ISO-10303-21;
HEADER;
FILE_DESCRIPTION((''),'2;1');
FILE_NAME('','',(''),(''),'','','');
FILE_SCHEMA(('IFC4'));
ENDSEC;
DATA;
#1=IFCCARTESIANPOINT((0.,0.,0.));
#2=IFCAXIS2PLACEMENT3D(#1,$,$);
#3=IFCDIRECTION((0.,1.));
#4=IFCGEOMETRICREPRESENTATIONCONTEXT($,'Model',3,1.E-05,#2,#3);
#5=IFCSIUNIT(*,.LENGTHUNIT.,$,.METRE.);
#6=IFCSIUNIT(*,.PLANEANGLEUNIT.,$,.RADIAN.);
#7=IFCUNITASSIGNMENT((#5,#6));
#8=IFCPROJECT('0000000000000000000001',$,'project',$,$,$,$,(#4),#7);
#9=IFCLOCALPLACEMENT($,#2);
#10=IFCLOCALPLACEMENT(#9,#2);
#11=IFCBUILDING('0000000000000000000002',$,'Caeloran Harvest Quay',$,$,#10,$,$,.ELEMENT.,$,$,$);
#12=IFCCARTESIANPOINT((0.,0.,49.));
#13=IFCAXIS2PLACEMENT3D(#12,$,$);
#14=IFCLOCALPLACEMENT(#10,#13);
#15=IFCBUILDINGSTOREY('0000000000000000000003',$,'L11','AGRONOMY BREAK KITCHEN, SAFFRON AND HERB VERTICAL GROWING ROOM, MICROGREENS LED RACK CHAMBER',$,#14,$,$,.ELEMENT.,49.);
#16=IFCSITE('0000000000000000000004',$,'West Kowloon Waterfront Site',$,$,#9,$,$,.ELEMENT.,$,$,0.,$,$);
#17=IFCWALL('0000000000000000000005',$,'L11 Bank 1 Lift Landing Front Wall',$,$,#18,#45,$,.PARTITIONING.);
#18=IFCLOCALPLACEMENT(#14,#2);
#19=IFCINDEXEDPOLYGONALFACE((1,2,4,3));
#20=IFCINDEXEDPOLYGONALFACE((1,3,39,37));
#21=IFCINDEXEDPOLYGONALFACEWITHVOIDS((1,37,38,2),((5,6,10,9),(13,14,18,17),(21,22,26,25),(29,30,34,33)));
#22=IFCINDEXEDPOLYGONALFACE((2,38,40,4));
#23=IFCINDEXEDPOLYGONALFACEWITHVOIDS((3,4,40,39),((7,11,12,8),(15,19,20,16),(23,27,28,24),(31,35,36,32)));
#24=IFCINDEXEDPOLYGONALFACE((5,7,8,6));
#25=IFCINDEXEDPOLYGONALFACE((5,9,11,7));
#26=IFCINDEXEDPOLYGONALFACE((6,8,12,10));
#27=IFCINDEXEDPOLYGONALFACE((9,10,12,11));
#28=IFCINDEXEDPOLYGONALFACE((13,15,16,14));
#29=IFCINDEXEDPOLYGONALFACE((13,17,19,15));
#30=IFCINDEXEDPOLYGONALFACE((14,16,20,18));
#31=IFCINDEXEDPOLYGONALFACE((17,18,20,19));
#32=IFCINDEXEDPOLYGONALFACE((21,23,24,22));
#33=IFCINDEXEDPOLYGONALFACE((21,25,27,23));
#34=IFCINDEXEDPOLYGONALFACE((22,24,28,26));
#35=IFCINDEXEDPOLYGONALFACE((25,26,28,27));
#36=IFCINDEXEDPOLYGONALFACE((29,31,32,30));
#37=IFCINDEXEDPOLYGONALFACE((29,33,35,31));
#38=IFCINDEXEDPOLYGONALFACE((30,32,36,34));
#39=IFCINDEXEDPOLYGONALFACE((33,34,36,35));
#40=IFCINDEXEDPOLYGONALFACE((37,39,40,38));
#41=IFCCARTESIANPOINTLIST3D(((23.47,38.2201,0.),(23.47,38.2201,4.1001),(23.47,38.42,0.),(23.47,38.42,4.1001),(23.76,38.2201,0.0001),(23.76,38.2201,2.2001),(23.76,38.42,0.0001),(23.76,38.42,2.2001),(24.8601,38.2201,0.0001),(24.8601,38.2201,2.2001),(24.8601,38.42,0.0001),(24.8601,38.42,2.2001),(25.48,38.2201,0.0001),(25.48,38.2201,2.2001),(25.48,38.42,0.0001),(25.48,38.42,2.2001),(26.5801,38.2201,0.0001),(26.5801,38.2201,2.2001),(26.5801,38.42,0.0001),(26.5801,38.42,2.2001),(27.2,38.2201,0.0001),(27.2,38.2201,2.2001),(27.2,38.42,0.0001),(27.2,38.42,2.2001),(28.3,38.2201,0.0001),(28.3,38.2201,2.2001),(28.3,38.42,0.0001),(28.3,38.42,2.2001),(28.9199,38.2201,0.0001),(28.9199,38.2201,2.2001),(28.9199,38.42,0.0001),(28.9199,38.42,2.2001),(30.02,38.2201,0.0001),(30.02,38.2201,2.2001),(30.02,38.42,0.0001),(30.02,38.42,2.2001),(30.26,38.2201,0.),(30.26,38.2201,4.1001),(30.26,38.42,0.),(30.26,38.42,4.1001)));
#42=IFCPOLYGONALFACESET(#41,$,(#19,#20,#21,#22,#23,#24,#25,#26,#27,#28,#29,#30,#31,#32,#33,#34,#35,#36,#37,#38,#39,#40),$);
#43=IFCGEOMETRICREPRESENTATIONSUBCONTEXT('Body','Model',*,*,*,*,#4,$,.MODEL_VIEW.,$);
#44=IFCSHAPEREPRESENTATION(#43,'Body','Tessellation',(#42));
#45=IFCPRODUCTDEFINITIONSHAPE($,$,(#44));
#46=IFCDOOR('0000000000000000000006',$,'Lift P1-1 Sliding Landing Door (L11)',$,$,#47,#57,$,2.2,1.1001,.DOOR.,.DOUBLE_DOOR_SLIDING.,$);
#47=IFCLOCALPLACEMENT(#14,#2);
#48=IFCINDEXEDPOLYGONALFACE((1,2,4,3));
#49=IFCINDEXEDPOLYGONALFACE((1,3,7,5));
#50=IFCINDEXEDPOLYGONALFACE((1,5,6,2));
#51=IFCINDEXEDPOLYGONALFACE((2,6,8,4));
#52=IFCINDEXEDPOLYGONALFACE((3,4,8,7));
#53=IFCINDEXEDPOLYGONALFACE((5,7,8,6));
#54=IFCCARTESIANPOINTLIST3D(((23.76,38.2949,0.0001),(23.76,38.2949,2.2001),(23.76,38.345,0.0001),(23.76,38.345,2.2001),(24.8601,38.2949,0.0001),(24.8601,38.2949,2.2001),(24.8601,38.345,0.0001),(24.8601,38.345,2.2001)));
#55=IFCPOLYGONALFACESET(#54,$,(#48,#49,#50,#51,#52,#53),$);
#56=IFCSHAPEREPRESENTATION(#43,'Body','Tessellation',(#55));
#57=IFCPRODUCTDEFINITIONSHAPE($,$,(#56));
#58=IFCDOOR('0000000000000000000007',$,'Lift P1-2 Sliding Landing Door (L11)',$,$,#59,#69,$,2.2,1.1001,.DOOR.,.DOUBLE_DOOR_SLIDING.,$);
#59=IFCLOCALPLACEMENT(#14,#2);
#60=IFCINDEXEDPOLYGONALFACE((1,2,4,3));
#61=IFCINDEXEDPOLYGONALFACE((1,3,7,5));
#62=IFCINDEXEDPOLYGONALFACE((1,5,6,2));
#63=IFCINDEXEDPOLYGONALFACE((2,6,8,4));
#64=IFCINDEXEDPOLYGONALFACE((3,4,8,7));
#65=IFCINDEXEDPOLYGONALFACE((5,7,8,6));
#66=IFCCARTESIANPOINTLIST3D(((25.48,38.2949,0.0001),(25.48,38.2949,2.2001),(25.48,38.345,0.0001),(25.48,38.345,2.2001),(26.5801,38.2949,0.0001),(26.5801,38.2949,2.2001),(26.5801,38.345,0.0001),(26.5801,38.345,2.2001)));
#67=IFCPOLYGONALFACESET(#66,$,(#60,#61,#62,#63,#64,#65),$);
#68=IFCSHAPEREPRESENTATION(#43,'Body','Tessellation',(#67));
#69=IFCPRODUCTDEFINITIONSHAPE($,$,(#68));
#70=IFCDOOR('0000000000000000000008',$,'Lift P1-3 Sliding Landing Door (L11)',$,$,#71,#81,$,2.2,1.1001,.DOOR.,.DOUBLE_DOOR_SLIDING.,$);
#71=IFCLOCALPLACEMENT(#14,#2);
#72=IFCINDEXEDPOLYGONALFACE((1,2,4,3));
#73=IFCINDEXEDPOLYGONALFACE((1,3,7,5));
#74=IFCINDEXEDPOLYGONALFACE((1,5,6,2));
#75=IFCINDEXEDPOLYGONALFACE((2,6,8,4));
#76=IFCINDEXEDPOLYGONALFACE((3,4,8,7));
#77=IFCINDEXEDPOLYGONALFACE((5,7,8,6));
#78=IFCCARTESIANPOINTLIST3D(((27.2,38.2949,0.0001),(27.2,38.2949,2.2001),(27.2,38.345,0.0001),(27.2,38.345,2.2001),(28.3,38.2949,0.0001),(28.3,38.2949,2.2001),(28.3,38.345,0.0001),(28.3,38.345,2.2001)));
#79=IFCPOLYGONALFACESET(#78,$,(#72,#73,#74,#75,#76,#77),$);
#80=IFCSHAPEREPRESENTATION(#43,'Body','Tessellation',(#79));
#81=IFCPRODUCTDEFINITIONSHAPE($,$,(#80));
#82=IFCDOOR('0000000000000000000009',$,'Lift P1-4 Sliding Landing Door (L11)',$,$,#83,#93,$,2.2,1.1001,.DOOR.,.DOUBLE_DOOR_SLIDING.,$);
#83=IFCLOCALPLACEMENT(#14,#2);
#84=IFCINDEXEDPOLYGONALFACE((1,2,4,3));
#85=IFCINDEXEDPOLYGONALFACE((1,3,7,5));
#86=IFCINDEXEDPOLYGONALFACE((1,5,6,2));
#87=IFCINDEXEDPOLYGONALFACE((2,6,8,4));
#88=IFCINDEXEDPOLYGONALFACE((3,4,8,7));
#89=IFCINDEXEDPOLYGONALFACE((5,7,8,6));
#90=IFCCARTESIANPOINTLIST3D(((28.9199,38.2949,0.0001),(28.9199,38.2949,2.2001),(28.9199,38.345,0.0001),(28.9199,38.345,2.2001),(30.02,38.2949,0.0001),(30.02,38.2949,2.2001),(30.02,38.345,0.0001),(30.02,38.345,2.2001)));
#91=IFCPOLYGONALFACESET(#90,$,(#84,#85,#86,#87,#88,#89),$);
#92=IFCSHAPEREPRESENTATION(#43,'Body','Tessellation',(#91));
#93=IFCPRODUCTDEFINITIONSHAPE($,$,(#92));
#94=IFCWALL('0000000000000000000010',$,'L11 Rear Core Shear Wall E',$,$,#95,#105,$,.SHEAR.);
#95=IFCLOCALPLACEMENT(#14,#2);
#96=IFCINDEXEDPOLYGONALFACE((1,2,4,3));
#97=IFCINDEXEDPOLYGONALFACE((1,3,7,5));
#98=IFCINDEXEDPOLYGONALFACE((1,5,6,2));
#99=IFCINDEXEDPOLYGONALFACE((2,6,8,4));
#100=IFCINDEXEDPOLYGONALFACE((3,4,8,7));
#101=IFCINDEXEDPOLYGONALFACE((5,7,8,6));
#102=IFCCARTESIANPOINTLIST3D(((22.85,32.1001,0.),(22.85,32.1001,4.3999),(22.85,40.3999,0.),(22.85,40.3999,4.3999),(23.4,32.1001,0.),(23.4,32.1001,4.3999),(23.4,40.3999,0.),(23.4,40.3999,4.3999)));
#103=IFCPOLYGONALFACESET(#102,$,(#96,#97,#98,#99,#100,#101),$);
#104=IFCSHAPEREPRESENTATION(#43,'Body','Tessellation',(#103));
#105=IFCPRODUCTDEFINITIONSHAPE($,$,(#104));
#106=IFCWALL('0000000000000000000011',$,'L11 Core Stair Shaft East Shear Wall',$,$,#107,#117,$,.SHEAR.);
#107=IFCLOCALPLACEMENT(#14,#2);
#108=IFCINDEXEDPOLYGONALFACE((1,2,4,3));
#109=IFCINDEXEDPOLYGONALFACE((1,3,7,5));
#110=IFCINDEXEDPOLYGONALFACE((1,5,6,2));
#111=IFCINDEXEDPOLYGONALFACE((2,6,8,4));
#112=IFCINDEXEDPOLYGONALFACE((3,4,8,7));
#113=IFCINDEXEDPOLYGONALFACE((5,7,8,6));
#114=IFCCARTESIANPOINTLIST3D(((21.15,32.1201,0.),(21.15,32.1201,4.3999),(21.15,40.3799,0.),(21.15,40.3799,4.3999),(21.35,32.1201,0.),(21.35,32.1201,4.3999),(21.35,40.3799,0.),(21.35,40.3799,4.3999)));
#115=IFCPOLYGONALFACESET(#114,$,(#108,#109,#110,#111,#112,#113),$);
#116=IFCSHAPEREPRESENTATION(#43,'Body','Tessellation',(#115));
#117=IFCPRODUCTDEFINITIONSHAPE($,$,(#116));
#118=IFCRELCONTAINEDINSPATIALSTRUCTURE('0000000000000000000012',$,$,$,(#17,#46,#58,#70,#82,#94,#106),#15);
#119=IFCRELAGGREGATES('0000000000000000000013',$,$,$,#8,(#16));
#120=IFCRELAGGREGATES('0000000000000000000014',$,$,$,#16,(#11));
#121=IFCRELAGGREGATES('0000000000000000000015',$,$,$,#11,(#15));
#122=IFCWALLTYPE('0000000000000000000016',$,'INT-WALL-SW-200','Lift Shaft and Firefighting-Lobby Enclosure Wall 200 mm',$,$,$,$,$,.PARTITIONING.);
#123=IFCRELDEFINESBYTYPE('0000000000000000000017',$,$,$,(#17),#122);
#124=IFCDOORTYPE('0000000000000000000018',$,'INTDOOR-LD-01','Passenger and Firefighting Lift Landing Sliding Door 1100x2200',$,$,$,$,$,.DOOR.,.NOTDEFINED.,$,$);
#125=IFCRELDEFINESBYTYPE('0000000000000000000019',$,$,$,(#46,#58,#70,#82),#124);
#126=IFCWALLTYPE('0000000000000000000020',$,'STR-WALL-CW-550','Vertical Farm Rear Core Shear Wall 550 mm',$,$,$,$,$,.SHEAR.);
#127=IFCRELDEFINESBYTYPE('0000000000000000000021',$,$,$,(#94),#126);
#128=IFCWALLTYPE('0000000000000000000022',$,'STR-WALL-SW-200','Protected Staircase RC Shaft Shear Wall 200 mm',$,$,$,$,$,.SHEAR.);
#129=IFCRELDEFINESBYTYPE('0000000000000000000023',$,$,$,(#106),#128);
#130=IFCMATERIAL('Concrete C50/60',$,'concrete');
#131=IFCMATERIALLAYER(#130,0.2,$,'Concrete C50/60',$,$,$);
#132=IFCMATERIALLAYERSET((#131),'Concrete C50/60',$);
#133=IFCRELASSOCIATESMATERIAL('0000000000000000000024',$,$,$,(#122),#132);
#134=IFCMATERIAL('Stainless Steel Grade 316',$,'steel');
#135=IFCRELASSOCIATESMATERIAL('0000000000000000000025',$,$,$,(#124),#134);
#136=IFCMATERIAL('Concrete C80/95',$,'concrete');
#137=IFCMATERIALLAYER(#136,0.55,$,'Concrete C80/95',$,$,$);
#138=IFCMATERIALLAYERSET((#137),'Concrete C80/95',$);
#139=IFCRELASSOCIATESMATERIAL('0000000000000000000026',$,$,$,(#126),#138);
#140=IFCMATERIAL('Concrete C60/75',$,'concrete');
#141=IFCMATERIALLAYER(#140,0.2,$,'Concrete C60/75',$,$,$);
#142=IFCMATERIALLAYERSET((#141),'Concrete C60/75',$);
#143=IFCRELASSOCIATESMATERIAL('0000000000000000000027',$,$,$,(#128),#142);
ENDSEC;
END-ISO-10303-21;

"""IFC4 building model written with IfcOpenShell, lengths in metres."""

from ifc_helpers import new_model, si_unit, direction, frame, frame_2d, origin, place, context, subcontext, project, spatial, rectangle, extrude, material, layer, layer_set, type_object, element, fill, save


model = new_model("IFC4")

# Units and contexts
model_context = context("Model", 3, precision=1e-05, world=origin(), true_north=direction((0.0, 1.0)))
body_context = subcontext(model_context, "Body", "Model", "MODEL_VIEW")
ifc_project = project(units=[si_unit("LENGTHUNIT", "METRE"), si_unit("PLANEANGLEUNIT", "RADIAN")], contexts=[model_context])

# Site, building, storey
site_placement = place(None, origin())
site = spatial("IfcSite", under=ifc_project, at=site_placement, Name="West Kowloon Waterfront Site", CompositionType="ELEMENT", RefElevation=0.0)
building_placement = place(site_placement, origin())
building = spatial("IfcBuilding", under=site, at=building_placement, Name="Caeloran Harvest Quay", CompositionType="ELEMENT")
storey_placement = place(building_placement, frame((0.0, 0.0, 49.0)))
storey = spatial("IfcBuildingStorey", under=building, at=storey_placement, Name="L11", Description="AGRONOMY BREAK KITCHEN, SAFFRON AND HERB VERTICAL GROWING ROOM, MICROGREENS LED RACK CHAMBER", CompositionType="ELEMENT", Elevation=49.0)

# Shared definitions
ifc_material_1 = material(Name="Concrete C50/60", Category="concrete")
ifc_layer_1 = layer(ifc_material_1, 0.2, Name="Concrete C50/60")
ifc_layer_set_1 = layer_set([ifc_layer_1], Name="Concrete C50/60")
wall_type_1 = type_object("IfcWallType", Name="INT-WALL-SW-200", Description="Lift Shaft and Firefighting-Lobby Enclosure Wall 200 mm", PredefinedType="PARTITIONING", material=ifc_layer_set_1)
ifc_material_2 = material(Name="Stainless Steel Grade 316", Category="steel")

# Wall, openings, doors
wall_1_placement = place(storey_placement, frame((23.47, 38.3201, 0.0), z_axis=(0.0, 0.0, 1.0), x_axis=(1.0, 0.0, 0.0)))
wall_1 = element("IfcWall", 1, at=wall_1_placement, inside=storey, type_object=wall_type_1, Name="L11 Bank 1 Lift Landing Front Wall", PredefinedType="PARTITIONING", context=body_context, shape_type="SweptSolid", body=[
    extrude(rectangle(XDim=6.79, YDim=0.2, at=frame_2d((3.395, 0.0))), origin(), (0.0, 0.0, 1.0), 4.1001),
])
opening_1_placement = place(wall_1_placement, frame((0.29, 0.0, 0.0)))
opening_1 = element("IfcOpeningElement", 2, at=opening_1_placement, cuts=wall_1, PredefinedType="OPENING", context=body_context, shape_type="SweptSolid", body=[
    extrude(rectangle(XDim=1.1001, YDim=2.2, at=frame_2d((0.55, 1.1001))), frame((0.0, 0.1099, 0.0), z_axis=(0.0, -1.0, 0.0), x_axis=(1.0, 0.0, 0.0)), (0.0, 0.0, 1.0), 0.22),
])
opening_2_placement = place(wall_1_placement, frame((2.01, 0.0, 0.0)))
opening_2 = element("IfcOpeningElement", 3, at=opening_2_placement, cuts=wall_1, PredefinedType="OPENING", context=body_context, shape_type="SweptSolid", body=[
    extrude(rectangle(XDim=1.1001, YDim=2.2, at=frame_2d((0.55, 1.1001))), frame((0.0, 0.1099, 0.0), z_axis=(0.0, -1.0, 0.0), x_axis=(1.0, 0.0, 0.0)), (0.0, 0.0, 1.0), 0.22),
])
opening_3_placement = place(wall_1_placement, frame((3.73, 0.0, 0.0)))
opening_3 = element("IfcOpeningElement", 4, at=opening_3_placement, cuts=wall_1, PredefinedType="OPENING", context=body_context, shape_type="SweptSolid", body=[
    extrude(rectangle(XDim=1.1001, YDim=2.2, at=frame_2d((0.55, 1.1001))), frame((0.0, 0.1099, 0.0), z_axis=(0.0, -1.0, 0.0), x_axis=(1.0, 0.0, 0.0)), (0.0, 0.0, 1.0), 0.22),
])
opening_4_placement = place(wall_1_placement, frame((5.45, 0.0, 0.0)))
opening_4 = element("IfcOpeningElement", 5, at=opening_4_placement, cuts=wall_1, PredefinedType="OPENING", context=body_context, shape_type="SweptSolid", body=[
    extrude(rectangle(XDim=1.1001, YDim=2.2, at=frame_2d((0.55, 1.1001))), frame((0.0, 0.1099, 0.0), z_axis=(0.0, -1.0, 0.0), x_axis=(1.0, 0.0, 0.0)), (0.0, 0.0, 1.0), 0.22),
])
door_type_1 = type_object("IfcDoorType", Name="INTDOOR-LD-01", Description="Passenger and Firefighting Lift Landing Sliding Door 1100x2200", OperationType="NOTDEFINED", PredefinedType="DOOR", material=ifc_material_2)
door_1_placement = place(opening_1_placement, origin())
door_1 = element("IfcDoor", 6, at=door_1_placement, inside=storey, type_object=door_type_1, Name="Lift P1-1 Sliding Landing Door (L11)", OperationType="DOUBLE_DOOR_SLIDING", OverallHeight=2.2, OverallWidth=1.1001, PredefinedType="DOOR", context=body_context, shape_type="SweptSolid", body=[
    extrude(rectangle(XDim=1.1001, YDim=2.2, at=frame_2d((0.55, 1.1001))), frame((0.0, 0.0249, 0.0), z_axis=(0.0, -1.0, 0.0), x_axis=(1.0, 0.0, 0.0)), (0.0, 0.0, 1.0), 0.05),
])
fill(opening_1, door_1)
door_2_placement = place(opening_2_placement, origin())
door_2 = element("IfcDoor", 7, at=door_2_placement, inside=storey, type_object=door_type_1, Name="Lift P1-2 Sliding Landing Door (L11)", OperationType="DOUBLE_DOOR_SLIDING", OverallHeight=2.2, OverallWidth=1.1001, PredefinedType="DOOR", context=body_context, shape_type="SweptSolid", body=[
    extrude(rectangle(XDim=1.1001, YDim=2.2, at=frame_2d((0.55, 1.1001))), frame((0.0, 0.0249, 0.0), z_axis=(0.0, -1.0, 0.0), x_axis=(1.0, 0.0, 0.0)), (0.0, 0.0, 1.0), 0.05),
])
fill(opening_2, door_2)
door_3_placement = place(opening_3_placement, origin())
door_3 = element("IfcDoor", 8, at=door_3_placement, inside=storey, type_object=door_type_1, Name="Lift P1-3 Sliding Landing Door (L11)", OperationType="DOUBLE_DOOR_SLIDING", OverallHeight=2.2, OverallWidth=1.1001, PredefinedType="DOOR", context=body_context, shape_type="SweptSolid", body=[
    extrude(rectangle(XDim=1.1001, YDim=2.2, at=frame_2d((0.55, 1.1001))), frame((0.0, 0.0249, 0.0), z_axis=(0.0, -1.0, 0.0), x_axis=(1.0, 0.0, 0.0)), (0.0, 0.0, 1.0), 0.05),
])
fill(opening_3, door_3)
door_4_placement = place(opening_4_placement, origin())
door_4 = element("IfcDoor", 9, at=door_4_placement, inside=storey, type_object=door_type_1, Name="Lift P1-4 Sliding Landing Door (L11)", OperationType="DOUBLE_DOOR_SLIDING", OverallHeight=2.2, OverallWidth=1.1001, PredefinedType="DOOR", context=body_context, shape_type="SweptSolid", body=[
    extrude(rectangle(XDim=1.1001, YDim=2.2, at=frame_2d((0.55, 1.1001))), frame((0.0, 0.0249, 0.0), z_axis=(0.0, -1.0, 0.0), x_axis=(1.0, 0.0, 0.0)), (0.0, 0.0, 1.0), 0.05),
])
fill(opening_4, door_4)

# Walls
ifc_material_3 = material(Name="Concrete C80/95", Category="concrete")
ifc_layer_2 = layer(ifc_material_3, 0.55, Name="Concrete C80/95")
ifc_layer_set_2 = layer_set([ifc_layer_2], Name="Concrete C80/95")
wall_type_2 = type_object("IfcWallType", Name="STR-WALL-CW-550", Description="Vertical Farm Rear Core Shear Wall 550 mm", PredefinedType="SHEAR", material=ifc_layer_set_2)
wall_2_placement = place(storey_placement, frame((23.125, 32.1001, 0.0), z_axis=(0.0, 0.0, 1.0), x_axis=(0.0, 1.0, 0.0)))
element("IfcWall", 10, at=wall_2_placement, inside=storey, type_object=wall_type_2, Name="L11 Rear Core Shear Wall E", PredefinedType="SHEAR", context=body_context, shape_type="SweptSolid", body=[
    extrude(rectangle(XDim=8.2998, YDim=0.55, at=frame_2d((4.1499, 0.0))), origin(), (0.0, 0.0, 1.0), 4.3999),
])
ifc_material_4 = material(Name="Concrete C60/75", Category="concrete")
ifc_layer_3 = layer(ifc_material_4, 0.2, Name="Concrete C60/75")
ifc_layer_set_3 = layer_set([ifc_layer_3], Name="Concrete C60/75")
wall_type_3 = type_object("IfcWallType", Name="STR-WALL-SW-200", Description="Protected Staircase RC Shaft Shear Wall 200 mm", PredefinedType="SHEAR", material=ifc_layer_set_3)
wall_3_placement = place(storey_placement, frame((21.25, 32.1201, 0.0), z_axis=(0.0, 0.0, 1.0), x_axis=(0.0, 1.0, 0.0)))
element("IfcWall", 11, at=wall_3_placement, inside=storey, type_object=wall_type_3, Name="L11 Core Stair Shaft East Shear Wall", PredefinedType="SHEAR", context=body_context, shape_type="SweptSolid", body=[
    extrude(rectangle(XDim=8.2598, YDim=0.2, at=frame_2d((4.1299, 0.0))), origin(), (0.0, 0.0, 1.0), 4.3999),
])

save(model, "model.ifc")
